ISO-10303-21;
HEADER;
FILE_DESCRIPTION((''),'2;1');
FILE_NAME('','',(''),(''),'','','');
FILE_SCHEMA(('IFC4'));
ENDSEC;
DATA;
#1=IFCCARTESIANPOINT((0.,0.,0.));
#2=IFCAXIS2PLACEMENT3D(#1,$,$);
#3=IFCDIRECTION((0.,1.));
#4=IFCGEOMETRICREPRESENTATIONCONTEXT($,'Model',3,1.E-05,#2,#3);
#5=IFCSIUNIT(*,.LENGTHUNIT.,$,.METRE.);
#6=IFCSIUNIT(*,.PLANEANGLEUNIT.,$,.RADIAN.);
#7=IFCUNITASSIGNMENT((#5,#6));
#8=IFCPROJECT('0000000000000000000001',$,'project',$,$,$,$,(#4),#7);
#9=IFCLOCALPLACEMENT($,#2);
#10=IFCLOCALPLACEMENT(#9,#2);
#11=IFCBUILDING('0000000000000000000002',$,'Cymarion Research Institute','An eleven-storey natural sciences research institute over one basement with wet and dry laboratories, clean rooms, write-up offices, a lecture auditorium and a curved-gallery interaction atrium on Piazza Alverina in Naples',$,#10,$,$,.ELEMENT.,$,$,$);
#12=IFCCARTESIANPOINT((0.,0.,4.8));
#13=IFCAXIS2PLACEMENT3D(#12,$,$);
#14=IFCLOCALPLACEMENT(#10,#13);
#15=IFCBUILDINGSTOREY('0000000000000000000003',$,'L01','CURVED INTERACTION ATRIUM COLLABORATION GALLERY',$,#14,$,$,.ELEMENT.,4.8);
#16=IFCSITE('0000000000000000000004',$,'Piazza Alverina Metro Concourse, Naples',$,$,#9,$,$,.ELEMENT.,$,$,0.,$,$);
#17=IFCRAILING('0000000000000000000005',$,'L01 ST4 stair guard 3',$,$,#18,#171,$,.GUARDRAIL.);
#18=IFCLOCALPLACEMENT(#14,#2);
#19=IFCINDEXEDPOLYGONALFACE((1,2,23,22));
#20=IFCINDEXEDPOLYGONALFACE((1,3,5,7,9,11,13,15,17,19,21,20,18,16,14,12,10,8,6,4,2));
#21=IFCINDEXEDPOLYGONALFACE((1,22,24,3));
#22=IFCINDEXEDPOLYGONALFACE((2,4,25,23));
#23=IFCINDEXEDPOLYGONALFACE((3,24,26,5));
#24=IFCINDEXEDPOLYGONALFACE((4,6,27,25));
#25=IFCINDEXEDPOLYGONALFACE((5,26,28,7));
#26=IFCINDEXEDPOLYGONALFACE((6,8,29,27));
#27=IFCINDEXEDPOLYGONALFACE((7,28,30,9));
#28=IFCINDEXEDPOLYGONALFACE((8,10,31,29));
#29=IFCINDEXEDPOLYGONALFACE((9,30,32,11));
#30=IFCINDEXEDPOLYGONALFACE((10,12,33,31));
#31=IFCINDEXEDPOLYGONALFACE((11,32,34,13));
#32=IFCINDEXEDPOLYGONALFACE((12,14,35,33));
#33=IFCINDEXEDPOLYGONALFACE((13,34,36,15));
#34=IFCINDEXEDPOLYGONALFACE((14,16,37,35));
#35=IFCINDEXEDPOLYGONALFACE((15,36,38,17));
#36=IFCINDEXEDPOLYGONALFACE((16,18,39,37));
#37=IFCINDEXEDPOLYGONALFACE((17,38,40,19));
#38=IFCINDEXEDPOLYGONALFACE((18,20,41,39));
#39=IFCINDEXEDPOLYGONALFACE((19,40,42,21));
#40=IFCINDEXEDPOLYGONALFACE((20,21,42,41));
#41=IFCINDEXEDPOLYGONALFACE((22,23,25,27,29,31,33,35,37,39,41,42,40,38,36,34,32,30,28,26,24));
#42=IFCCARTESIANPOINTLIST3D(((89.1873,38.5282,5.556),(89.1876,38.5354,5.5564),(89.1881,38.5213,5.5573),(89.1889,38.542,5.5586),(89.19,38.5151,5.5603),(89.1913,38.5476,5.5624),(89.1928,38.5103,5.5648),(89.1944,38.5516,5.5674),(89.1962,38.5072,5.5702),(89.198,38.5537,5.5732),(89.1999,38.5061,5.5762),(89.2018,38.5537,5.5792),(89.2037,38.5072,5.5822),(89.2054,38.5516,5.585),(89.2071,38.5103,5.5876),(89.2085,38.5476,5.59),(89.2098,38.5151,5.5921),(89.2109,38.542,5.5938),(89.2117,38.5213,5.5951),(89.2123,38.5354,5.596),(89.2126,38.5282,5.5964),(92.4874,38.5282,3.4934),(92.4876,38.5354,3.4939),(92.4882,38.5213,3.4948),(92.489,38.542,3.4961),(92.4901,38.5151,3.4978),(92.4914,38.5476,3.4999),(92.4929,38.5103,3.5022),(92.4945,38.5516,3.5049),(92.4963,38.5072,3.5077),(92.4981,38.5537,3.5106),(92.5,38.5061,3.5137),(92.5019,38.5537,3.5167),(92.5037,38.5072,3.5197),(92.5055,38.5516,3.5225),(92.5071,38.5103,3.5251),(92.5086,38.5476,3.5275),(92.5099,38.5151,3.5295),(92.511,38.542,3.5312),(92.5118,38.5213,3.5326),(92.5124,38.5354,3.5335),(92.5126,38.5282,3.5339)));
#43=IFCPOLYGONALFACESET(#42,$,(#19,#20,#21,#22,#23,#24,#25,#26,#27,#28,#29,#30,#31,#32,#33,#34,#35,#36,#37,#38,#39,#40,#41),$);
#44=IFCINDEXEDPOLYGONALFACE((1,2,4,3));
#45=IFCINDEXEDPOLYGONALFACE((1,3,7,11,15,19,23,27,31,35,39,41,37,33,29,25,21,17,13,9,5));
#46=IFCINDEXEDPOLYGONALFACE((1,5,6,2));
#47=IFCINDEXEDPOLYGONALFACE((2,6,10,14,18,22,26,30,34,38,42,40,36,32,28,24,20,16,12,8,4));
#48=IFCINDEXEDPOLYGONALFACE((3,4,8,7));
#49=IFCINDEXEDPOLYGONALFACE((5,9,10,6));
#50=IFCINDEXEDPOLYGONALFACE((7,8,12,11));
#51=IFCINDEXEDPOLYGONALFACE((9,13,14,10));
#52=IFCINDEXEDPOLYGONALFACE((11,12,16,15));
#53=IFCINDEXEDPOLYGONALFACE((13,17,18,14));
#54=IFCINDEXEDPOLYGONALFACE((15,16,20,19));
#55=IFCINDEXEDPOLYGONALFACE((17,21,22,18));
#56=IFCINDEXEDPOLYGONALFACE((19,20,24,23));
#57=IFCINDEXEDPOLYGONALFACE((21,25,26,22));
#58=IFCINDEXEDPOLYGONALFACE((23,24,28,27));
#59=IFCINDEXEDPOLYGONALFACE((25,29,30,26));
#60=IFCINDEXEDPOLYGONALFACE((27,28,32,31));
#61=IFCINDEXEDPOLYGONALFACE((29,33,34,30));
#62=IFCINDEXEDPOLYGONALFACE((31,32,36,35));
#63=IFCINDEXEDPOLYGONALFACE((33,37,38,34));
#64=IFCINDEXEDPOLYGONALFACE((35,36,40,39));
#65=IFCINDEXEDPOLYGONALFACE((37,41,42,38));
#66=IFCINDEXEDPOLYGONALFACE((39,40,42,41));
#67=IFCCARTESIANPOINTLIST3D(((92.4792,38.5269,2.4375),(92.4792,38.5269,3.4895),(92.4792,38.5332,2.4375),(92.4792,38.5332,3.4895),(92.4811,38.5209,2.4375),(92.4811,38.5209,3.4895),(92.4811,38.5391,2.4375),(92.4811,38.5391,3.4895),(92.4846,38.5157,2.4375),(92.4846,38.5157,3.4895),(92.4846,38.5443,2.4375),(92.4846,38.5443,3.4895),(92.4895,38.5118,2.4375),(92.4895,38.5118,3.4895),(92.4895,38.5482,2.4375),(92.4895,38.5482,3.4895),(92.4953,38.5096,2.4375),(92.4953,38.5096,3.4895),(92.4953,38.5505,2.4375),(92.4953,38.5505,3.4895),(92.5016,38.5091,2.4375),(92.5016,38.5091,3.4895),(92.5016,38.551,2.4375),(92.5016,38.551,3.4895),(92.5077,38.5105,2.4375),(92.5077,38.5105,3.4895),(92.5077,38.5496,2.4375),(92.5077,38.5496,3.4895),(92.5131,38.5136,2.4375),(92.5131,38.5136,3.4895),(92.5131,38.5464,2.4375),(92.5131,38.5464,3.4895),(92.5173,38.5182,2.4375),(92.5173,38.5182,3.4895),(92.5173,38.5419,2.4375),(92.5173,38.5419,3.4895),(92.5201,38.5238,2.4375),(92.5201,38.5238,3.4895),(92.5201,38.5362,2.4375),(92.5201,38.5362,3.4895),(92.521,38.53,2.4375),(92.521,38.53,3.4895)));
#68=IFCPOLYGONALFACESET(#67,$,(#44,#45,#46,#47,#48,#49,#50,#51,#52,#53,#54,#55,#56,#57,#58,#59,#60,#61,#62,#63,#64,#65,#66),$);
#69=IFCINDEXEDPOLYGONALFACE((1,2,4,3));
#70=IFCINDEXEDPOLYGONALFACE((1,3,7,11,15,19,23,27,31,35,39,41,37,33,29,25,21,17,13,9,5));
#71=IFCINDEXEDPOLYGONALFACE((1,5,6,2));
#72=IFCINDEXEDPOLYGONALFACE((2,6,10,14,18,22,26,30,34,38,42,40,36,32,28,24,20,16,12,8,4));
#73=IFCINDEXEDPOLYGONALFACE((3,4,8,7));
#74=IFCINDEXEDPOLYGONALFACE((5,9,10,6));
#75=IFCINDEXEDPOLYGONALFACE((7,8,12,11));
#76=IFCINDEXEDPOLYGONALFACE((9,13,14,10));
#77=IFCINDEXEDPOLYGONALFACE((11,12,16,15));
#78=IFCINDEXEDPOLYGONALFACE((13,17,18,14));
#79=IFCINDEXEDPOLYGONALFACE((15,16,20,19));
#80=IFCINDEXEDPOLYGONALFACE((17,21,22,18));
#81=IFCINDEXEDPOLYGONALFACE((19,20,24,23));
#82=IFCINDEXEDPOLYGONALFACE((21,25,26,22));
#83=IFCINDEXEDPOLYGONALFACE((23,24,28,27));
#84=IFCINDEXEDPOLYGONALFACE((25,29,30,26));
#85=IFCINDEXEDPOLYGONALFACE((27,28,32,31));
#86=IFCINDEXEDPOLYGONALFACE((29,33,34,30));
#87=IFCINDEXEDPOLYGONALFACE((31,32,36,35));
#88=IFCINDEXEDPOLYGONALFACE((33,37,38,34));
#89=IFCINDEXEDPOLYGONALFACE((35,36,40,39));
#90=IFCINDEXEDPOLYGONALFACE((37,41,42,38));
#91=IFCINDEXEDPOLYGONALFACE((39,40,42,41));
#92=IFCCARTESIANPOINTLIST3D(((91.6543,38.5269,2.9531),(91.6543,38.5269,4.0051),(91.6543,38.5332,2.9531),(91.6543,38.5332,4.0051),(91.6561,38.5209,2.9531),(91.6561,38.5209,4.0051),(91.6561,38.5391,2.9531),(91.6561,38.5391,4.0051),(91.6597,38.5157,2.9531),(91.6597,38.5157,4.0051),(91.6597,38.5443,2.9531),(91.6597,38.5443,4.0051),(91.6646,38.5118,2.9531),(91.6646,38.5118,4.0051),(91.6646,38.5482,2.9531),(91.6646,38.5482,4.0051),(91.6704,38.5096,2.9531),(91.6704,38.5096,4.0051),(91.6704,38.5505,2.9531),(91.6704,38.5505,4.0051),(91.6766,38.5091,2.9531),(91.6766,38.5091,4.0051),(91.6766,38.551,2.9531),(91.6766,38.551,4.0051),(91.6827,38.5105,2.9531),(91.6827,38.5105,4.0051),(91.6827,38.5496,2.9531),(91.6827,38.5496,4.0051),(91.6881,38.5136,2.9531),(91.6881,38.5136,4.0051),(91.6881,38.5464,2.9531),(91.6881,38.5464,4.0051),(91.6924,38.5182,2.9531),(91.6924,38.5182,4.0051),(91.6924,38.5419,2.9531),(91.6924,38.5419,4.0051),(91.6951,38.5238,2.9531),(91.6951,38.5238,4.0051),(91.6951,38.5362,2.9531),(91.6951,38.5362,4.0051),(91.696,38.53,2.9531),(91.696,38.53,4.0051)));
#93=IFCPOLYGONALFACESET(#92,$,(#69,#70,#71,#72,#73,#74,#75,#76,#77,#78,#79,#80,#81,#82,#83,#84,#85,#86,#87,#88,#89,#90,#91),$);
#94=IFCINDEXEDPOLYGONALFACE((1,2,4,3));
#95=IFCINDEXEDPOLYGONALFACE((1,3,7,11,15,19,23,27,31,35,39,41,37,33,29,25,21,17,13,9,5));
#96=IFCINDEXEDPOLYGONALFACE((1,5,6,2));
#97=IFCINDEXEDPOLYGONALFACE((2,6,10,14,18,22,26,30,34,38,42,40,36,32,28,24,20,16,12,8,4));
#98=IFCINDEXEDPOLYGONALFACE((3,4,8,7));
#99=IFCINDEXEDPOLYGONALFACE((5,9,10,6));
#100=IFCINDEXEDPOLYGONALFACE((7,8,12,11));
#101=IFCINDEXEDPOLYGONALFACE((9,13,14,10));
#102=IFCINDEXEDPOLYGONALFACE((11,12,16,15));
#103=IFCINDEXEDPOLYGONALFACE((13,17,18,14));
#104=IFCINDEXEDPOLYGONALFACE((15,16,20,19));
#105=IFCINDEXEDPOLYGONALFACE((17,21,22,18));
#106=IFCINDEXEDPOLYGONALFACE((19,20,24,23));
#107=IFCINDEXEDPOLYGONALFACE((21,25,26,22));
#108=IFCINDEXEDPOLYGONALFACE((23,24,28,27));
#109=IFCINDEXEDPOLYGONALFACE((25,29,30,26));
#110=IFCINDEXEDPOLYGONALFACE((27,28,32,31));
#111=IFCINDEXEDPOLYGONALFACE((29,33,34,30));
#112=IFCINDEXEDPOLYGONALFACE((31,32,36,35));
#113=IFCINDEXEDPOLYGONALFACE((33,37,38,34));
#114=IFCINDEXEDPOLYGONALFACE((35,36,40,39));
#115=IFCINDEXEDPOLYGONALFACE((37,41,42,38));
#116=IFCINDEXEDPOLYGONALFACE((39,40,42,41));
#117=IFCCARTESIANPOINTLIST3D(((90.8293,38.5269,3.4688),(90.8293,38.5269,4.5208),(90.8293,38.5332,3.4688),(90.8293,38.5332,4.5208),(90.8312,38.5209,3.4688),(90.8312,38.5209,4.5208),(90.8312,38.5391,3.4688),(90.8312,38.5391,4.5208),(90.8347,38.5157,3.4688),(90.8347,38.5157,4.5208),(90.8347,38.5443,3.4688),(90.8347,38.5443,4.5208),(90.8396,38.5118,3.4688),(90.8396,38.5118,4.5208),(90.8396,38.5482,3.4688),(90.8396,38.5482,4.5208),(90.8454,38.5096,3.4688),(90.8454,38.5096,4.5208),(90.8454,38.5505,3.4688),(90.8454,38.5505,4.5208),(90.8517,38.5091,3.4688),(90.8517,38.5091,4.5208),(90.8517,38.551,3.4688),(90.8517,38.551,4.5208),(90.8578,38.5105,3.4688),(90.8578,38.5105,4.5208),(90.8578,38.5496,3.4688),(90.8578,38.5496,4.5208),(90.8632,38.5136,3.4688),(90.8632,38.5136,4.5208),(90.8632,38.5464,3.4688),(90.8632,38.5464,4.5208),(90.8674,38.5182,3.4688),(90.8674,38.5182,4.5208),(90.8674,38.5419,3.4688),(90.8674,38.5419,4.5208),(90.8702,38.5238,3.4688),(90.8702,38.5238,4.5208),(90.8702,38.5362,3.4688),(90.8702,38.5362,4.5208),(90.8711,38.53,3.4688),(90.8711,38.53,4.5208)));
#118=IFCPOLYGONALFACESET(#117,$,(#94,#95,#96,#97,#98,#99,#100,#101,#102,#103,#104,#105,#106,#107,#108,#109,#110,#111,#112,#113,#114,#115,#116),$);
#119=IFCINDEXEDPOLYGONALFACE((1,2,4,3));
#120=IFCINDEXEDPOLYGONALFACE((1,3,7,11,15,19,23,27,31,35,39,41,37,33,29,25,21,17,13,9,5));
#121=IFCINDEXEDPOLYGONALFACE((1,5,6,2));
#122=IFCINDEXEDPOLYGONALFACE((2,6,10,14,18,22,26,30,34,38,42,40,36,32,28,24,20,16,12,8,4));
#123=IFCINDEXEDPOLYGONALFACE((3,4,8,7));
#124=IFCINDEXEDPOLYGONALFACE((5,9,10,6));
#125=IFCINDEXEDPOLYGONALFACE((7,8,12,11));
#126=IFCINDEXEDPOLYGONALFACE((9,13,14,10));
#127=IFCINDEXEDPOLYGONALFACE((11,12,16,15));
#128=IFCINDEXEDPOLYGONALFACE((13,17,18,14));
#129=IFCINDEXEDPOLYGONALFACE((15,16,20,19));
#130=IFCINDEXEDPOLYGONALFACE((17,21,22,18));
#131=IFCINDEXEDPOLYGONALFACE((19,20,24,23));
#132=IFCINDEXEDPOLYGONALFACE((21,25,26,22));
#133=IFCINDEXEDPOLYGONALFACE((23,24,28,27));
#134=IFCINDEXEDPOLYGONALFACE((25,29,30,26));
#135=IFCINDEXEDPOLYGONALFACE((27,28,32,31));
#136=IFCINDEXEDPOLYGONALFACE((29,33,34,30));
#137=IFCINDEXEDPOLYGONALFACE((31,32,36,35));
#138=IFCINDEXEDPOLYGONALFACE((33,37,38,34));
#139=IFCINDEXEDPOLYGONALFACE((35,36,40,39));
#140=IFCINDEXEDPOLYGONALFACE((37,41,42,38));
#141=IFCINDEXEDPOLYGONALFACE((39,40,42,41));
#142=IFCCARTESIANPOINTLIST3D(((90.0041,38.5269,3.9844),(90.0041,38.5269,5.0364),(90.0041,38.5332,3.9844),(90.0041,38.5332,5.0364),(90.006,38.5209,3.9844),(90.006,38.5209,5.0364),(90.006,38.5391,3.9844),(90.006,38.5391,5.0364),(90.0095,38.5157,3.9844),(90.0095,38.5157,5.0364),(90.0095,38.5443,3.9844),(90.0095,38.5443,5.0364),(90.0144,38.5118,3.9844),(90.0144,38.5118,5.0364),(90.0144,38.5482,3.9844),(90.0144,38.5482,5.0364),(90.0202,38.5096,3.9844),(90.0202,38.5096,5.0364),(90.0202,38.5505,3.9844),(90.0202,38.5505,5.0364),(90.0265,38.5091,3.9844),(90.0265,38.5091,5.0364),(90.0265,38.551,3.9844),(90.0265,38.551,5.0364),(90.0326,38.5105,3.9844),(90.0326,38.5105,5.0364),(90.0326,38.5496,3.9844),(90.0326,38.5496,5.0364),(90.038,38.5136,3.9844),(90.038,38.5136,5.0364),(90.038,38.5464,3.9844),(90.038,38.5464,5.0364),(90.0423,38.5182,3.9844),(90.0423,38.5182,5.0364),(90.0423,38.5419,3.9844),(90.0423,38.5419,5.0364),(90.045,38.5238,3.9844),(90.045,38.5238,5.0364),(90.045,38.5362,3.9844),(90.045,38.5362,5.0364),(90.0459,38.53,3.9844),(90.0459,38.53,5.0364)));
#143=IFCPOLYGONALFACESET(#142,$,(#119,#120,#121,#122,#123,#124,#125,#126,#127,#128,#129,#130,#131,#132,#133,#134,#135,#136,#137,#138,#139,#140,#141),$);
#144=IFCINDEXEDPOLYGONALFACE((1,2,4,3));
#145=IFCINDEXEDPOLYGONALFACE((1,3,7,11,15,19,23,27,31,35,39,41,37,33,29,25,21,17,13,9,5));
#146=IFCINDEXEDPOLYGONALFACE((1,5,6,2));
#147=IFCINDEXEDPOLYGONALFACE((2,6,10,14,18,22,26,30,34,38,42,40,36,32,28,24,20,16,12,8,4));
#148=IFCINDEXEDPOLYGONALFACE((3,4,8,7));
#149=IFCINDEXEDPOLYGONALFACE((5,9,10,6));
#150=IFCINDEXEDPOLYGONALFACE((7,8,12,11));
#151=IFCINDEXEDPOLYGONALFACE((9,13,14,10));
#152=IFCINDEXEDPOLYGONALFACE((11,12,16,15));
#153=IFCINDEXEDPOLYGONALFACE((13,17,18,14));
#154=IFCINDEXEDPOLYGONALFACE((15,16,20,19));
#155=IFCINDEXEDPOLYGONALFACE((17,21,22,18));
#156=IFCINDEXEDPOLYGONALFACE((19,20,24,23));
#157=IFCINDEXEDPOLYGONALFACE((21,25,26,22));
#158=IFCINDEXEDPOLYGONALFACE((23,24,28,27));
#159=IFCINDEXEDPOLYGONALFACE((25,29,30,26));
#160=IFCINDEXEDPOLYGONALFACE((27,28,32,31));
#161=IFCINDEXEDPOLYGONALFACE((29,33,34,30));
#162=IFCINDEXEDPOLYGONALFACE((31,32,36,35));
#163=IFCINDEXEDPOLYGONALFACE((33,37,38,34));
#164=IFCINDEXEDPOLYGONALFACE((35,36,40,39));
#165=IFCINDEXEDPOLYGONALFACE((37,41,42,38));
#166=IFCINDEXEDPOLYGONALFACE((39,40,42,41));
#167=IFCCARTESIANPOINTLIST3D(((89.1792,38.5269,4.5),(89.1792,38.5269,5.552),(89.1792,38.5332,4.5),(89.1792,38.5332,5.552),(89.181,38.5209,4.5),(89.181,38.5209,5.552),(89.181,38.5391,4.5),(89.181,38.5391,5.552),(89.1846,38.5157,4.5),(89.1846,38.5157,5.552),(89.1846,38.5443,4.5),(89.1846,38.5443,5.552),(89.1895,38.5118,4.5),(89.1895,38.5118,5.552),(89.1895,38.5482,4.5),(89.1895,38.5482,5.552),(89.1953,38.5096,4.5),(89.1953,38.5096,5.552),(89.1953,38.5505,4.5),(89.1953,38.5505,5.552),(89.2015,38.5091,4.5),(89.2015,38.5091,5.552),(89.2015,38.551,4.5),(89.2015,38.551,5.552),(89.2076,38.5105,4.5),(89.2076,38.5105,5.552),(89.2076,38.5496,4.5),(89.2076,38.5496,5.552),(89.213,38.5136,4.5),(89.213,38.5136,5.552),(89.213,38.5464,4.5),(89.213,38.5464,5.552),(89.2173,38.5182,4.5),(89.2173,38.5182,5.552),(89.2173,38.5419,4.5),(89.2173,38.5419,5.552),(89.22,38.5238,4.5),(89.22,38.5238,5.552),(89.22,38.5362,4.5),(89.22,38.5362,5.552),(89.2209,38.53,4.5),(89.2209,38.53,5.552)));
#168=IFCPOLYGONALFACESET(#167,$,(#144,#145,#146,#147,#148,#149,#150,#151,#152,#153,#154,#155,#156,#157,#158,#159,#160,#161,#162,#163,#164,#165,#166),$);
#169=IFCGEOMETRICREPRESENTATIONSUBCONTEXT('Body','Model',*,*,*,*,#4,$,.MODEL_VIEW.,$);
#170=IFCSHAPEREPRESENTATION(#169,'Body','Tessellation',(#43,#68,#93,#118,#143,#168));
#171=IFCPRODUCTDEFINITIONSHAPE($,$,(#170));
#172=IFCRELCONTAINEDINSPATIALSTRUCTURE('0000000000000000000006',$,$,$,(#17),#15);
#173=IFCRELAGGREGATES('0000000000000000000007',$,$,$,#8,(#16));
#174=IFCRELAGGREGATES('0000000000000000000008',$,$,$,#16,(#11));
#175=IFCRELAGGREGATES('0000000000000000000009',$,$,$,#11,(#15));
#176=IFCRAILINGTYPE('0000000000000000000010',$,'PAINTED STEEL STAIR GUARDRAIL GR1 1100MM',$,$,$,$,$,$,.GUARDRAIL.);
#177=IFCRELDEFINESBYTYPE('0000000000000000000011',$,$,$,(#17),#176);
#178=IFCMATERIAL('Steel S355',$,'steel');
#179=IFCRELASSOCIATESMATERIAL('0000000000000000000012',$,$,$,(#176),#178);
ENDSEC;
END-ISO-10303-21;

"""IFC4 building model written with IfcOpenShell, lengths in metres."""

from ifc_helpers import new_model, si_unit, direction, frame, origin, origin_2d, place, context, subcontext, project, spatial, circle, extrude, material, type_object, element, save


model = new_model("IFC4")

# Units and contexts
model_context = context("Model", 3, precision=1e-05, world=origin(), true_north=direction((0.0, 1.0)))
body_context = subcontext(model_context, "Body", "Model", "MODEL_VIEW")
ifc_project = project(units=[si_unit("LENGTHUNIT", "METRE"), si_unit("PLANEANGLEUNIT", "RADIAN")], contexts=[model_context])

# Site, building, storey
site_placement = place(None, origin())
site = spatial("IfcSite", under=ifc_project, at=site_placement, Name="Piazza Alverina Metro Concourse, Naples", CompositionType="ELEMENT", RefElevation=0.0)
building_placement = place(site_placement, origin())
building = spatial("IfcBuilding", under=site, at=building_placement, Name="Cymarion Research Institute", Description="An eleven-storey natural sciences research institute over one basement with wet and dry laboratories, clean rooms, write-up offices, a lecture auditorium and a curved-gallery interaction atrium on Piazza Alverina in Naples", CompositionType="ELEMENT")
storey_placement = place(building_placement, frame((0.0, 0.0, 4.8)))
storey = spatial("IfcBuildingStorey", under=building, at=storey_placement, Name="L01", Description="CURVED INTERACTION ATRIUM COLLABORATION GALLERY", CompositionType="ELEMENT", Elevation=4.8)

# Shared definitions
ifc_material_1 = material(Name="Steel S355", Category="steel")

# Railing
railing_type_1 = type_object("IfcRailingType", Name="PAINTED STEEL STAIR GUARDRAIL GR1 1100MM", PredefinedType="GUARDRAIL", material=ifc_material_1)
railing_1_placement = place(storey_placement, frame((92.5, 38.53, 2.4375)))
element("IfcRailing", 1, at=railing_1_placement, inside=storey, type_object=railing_type_1, Name="L01 ST4 stair guard 3", PredefinedType="GUARDRAIL", context=body_context, shape_type="SweptSolid", body=[
    extrude(circle(Radius=0.0239, at=origin_2d()), frame((0.0, 0.0, 1.0762), z_axis=(-0.848002, 0.0, 0.529993), x_axis=(0.0, -1.0, 0.0)), (0.0, 0.0, 1.0), 3.8916),
    extrude(circle(Radius=0.021, at=origin_2d()), origin(), (0.0, 0.0, 1.0), 1.052),
    extrude(circle(Radius=0.021, at=origin_2d()), frame((-0.825, 0.0, 0.5156)), (0.0, 0.0, 1.0), 1.052),
    extrude(circle(Radius=0.021, at=origin_2d()), frame((-1.6499, 0.0, 1.0312)), (0.0, 0.0, 1.0), 1.052),
    extrude(circle(Radius=0.021, at=origin_2d()), frame((-2.4751, 0.0, 1.5469)), (0.0, 0.0, 1.0), 1.052),
    extrude(circle(Radius=0.021, at=origin_2d()), frame((-3.3, 0.0, 2.0625)), (0.0, 0.0, 1.0), 1.052),
])

save(model, "model.ifc")
